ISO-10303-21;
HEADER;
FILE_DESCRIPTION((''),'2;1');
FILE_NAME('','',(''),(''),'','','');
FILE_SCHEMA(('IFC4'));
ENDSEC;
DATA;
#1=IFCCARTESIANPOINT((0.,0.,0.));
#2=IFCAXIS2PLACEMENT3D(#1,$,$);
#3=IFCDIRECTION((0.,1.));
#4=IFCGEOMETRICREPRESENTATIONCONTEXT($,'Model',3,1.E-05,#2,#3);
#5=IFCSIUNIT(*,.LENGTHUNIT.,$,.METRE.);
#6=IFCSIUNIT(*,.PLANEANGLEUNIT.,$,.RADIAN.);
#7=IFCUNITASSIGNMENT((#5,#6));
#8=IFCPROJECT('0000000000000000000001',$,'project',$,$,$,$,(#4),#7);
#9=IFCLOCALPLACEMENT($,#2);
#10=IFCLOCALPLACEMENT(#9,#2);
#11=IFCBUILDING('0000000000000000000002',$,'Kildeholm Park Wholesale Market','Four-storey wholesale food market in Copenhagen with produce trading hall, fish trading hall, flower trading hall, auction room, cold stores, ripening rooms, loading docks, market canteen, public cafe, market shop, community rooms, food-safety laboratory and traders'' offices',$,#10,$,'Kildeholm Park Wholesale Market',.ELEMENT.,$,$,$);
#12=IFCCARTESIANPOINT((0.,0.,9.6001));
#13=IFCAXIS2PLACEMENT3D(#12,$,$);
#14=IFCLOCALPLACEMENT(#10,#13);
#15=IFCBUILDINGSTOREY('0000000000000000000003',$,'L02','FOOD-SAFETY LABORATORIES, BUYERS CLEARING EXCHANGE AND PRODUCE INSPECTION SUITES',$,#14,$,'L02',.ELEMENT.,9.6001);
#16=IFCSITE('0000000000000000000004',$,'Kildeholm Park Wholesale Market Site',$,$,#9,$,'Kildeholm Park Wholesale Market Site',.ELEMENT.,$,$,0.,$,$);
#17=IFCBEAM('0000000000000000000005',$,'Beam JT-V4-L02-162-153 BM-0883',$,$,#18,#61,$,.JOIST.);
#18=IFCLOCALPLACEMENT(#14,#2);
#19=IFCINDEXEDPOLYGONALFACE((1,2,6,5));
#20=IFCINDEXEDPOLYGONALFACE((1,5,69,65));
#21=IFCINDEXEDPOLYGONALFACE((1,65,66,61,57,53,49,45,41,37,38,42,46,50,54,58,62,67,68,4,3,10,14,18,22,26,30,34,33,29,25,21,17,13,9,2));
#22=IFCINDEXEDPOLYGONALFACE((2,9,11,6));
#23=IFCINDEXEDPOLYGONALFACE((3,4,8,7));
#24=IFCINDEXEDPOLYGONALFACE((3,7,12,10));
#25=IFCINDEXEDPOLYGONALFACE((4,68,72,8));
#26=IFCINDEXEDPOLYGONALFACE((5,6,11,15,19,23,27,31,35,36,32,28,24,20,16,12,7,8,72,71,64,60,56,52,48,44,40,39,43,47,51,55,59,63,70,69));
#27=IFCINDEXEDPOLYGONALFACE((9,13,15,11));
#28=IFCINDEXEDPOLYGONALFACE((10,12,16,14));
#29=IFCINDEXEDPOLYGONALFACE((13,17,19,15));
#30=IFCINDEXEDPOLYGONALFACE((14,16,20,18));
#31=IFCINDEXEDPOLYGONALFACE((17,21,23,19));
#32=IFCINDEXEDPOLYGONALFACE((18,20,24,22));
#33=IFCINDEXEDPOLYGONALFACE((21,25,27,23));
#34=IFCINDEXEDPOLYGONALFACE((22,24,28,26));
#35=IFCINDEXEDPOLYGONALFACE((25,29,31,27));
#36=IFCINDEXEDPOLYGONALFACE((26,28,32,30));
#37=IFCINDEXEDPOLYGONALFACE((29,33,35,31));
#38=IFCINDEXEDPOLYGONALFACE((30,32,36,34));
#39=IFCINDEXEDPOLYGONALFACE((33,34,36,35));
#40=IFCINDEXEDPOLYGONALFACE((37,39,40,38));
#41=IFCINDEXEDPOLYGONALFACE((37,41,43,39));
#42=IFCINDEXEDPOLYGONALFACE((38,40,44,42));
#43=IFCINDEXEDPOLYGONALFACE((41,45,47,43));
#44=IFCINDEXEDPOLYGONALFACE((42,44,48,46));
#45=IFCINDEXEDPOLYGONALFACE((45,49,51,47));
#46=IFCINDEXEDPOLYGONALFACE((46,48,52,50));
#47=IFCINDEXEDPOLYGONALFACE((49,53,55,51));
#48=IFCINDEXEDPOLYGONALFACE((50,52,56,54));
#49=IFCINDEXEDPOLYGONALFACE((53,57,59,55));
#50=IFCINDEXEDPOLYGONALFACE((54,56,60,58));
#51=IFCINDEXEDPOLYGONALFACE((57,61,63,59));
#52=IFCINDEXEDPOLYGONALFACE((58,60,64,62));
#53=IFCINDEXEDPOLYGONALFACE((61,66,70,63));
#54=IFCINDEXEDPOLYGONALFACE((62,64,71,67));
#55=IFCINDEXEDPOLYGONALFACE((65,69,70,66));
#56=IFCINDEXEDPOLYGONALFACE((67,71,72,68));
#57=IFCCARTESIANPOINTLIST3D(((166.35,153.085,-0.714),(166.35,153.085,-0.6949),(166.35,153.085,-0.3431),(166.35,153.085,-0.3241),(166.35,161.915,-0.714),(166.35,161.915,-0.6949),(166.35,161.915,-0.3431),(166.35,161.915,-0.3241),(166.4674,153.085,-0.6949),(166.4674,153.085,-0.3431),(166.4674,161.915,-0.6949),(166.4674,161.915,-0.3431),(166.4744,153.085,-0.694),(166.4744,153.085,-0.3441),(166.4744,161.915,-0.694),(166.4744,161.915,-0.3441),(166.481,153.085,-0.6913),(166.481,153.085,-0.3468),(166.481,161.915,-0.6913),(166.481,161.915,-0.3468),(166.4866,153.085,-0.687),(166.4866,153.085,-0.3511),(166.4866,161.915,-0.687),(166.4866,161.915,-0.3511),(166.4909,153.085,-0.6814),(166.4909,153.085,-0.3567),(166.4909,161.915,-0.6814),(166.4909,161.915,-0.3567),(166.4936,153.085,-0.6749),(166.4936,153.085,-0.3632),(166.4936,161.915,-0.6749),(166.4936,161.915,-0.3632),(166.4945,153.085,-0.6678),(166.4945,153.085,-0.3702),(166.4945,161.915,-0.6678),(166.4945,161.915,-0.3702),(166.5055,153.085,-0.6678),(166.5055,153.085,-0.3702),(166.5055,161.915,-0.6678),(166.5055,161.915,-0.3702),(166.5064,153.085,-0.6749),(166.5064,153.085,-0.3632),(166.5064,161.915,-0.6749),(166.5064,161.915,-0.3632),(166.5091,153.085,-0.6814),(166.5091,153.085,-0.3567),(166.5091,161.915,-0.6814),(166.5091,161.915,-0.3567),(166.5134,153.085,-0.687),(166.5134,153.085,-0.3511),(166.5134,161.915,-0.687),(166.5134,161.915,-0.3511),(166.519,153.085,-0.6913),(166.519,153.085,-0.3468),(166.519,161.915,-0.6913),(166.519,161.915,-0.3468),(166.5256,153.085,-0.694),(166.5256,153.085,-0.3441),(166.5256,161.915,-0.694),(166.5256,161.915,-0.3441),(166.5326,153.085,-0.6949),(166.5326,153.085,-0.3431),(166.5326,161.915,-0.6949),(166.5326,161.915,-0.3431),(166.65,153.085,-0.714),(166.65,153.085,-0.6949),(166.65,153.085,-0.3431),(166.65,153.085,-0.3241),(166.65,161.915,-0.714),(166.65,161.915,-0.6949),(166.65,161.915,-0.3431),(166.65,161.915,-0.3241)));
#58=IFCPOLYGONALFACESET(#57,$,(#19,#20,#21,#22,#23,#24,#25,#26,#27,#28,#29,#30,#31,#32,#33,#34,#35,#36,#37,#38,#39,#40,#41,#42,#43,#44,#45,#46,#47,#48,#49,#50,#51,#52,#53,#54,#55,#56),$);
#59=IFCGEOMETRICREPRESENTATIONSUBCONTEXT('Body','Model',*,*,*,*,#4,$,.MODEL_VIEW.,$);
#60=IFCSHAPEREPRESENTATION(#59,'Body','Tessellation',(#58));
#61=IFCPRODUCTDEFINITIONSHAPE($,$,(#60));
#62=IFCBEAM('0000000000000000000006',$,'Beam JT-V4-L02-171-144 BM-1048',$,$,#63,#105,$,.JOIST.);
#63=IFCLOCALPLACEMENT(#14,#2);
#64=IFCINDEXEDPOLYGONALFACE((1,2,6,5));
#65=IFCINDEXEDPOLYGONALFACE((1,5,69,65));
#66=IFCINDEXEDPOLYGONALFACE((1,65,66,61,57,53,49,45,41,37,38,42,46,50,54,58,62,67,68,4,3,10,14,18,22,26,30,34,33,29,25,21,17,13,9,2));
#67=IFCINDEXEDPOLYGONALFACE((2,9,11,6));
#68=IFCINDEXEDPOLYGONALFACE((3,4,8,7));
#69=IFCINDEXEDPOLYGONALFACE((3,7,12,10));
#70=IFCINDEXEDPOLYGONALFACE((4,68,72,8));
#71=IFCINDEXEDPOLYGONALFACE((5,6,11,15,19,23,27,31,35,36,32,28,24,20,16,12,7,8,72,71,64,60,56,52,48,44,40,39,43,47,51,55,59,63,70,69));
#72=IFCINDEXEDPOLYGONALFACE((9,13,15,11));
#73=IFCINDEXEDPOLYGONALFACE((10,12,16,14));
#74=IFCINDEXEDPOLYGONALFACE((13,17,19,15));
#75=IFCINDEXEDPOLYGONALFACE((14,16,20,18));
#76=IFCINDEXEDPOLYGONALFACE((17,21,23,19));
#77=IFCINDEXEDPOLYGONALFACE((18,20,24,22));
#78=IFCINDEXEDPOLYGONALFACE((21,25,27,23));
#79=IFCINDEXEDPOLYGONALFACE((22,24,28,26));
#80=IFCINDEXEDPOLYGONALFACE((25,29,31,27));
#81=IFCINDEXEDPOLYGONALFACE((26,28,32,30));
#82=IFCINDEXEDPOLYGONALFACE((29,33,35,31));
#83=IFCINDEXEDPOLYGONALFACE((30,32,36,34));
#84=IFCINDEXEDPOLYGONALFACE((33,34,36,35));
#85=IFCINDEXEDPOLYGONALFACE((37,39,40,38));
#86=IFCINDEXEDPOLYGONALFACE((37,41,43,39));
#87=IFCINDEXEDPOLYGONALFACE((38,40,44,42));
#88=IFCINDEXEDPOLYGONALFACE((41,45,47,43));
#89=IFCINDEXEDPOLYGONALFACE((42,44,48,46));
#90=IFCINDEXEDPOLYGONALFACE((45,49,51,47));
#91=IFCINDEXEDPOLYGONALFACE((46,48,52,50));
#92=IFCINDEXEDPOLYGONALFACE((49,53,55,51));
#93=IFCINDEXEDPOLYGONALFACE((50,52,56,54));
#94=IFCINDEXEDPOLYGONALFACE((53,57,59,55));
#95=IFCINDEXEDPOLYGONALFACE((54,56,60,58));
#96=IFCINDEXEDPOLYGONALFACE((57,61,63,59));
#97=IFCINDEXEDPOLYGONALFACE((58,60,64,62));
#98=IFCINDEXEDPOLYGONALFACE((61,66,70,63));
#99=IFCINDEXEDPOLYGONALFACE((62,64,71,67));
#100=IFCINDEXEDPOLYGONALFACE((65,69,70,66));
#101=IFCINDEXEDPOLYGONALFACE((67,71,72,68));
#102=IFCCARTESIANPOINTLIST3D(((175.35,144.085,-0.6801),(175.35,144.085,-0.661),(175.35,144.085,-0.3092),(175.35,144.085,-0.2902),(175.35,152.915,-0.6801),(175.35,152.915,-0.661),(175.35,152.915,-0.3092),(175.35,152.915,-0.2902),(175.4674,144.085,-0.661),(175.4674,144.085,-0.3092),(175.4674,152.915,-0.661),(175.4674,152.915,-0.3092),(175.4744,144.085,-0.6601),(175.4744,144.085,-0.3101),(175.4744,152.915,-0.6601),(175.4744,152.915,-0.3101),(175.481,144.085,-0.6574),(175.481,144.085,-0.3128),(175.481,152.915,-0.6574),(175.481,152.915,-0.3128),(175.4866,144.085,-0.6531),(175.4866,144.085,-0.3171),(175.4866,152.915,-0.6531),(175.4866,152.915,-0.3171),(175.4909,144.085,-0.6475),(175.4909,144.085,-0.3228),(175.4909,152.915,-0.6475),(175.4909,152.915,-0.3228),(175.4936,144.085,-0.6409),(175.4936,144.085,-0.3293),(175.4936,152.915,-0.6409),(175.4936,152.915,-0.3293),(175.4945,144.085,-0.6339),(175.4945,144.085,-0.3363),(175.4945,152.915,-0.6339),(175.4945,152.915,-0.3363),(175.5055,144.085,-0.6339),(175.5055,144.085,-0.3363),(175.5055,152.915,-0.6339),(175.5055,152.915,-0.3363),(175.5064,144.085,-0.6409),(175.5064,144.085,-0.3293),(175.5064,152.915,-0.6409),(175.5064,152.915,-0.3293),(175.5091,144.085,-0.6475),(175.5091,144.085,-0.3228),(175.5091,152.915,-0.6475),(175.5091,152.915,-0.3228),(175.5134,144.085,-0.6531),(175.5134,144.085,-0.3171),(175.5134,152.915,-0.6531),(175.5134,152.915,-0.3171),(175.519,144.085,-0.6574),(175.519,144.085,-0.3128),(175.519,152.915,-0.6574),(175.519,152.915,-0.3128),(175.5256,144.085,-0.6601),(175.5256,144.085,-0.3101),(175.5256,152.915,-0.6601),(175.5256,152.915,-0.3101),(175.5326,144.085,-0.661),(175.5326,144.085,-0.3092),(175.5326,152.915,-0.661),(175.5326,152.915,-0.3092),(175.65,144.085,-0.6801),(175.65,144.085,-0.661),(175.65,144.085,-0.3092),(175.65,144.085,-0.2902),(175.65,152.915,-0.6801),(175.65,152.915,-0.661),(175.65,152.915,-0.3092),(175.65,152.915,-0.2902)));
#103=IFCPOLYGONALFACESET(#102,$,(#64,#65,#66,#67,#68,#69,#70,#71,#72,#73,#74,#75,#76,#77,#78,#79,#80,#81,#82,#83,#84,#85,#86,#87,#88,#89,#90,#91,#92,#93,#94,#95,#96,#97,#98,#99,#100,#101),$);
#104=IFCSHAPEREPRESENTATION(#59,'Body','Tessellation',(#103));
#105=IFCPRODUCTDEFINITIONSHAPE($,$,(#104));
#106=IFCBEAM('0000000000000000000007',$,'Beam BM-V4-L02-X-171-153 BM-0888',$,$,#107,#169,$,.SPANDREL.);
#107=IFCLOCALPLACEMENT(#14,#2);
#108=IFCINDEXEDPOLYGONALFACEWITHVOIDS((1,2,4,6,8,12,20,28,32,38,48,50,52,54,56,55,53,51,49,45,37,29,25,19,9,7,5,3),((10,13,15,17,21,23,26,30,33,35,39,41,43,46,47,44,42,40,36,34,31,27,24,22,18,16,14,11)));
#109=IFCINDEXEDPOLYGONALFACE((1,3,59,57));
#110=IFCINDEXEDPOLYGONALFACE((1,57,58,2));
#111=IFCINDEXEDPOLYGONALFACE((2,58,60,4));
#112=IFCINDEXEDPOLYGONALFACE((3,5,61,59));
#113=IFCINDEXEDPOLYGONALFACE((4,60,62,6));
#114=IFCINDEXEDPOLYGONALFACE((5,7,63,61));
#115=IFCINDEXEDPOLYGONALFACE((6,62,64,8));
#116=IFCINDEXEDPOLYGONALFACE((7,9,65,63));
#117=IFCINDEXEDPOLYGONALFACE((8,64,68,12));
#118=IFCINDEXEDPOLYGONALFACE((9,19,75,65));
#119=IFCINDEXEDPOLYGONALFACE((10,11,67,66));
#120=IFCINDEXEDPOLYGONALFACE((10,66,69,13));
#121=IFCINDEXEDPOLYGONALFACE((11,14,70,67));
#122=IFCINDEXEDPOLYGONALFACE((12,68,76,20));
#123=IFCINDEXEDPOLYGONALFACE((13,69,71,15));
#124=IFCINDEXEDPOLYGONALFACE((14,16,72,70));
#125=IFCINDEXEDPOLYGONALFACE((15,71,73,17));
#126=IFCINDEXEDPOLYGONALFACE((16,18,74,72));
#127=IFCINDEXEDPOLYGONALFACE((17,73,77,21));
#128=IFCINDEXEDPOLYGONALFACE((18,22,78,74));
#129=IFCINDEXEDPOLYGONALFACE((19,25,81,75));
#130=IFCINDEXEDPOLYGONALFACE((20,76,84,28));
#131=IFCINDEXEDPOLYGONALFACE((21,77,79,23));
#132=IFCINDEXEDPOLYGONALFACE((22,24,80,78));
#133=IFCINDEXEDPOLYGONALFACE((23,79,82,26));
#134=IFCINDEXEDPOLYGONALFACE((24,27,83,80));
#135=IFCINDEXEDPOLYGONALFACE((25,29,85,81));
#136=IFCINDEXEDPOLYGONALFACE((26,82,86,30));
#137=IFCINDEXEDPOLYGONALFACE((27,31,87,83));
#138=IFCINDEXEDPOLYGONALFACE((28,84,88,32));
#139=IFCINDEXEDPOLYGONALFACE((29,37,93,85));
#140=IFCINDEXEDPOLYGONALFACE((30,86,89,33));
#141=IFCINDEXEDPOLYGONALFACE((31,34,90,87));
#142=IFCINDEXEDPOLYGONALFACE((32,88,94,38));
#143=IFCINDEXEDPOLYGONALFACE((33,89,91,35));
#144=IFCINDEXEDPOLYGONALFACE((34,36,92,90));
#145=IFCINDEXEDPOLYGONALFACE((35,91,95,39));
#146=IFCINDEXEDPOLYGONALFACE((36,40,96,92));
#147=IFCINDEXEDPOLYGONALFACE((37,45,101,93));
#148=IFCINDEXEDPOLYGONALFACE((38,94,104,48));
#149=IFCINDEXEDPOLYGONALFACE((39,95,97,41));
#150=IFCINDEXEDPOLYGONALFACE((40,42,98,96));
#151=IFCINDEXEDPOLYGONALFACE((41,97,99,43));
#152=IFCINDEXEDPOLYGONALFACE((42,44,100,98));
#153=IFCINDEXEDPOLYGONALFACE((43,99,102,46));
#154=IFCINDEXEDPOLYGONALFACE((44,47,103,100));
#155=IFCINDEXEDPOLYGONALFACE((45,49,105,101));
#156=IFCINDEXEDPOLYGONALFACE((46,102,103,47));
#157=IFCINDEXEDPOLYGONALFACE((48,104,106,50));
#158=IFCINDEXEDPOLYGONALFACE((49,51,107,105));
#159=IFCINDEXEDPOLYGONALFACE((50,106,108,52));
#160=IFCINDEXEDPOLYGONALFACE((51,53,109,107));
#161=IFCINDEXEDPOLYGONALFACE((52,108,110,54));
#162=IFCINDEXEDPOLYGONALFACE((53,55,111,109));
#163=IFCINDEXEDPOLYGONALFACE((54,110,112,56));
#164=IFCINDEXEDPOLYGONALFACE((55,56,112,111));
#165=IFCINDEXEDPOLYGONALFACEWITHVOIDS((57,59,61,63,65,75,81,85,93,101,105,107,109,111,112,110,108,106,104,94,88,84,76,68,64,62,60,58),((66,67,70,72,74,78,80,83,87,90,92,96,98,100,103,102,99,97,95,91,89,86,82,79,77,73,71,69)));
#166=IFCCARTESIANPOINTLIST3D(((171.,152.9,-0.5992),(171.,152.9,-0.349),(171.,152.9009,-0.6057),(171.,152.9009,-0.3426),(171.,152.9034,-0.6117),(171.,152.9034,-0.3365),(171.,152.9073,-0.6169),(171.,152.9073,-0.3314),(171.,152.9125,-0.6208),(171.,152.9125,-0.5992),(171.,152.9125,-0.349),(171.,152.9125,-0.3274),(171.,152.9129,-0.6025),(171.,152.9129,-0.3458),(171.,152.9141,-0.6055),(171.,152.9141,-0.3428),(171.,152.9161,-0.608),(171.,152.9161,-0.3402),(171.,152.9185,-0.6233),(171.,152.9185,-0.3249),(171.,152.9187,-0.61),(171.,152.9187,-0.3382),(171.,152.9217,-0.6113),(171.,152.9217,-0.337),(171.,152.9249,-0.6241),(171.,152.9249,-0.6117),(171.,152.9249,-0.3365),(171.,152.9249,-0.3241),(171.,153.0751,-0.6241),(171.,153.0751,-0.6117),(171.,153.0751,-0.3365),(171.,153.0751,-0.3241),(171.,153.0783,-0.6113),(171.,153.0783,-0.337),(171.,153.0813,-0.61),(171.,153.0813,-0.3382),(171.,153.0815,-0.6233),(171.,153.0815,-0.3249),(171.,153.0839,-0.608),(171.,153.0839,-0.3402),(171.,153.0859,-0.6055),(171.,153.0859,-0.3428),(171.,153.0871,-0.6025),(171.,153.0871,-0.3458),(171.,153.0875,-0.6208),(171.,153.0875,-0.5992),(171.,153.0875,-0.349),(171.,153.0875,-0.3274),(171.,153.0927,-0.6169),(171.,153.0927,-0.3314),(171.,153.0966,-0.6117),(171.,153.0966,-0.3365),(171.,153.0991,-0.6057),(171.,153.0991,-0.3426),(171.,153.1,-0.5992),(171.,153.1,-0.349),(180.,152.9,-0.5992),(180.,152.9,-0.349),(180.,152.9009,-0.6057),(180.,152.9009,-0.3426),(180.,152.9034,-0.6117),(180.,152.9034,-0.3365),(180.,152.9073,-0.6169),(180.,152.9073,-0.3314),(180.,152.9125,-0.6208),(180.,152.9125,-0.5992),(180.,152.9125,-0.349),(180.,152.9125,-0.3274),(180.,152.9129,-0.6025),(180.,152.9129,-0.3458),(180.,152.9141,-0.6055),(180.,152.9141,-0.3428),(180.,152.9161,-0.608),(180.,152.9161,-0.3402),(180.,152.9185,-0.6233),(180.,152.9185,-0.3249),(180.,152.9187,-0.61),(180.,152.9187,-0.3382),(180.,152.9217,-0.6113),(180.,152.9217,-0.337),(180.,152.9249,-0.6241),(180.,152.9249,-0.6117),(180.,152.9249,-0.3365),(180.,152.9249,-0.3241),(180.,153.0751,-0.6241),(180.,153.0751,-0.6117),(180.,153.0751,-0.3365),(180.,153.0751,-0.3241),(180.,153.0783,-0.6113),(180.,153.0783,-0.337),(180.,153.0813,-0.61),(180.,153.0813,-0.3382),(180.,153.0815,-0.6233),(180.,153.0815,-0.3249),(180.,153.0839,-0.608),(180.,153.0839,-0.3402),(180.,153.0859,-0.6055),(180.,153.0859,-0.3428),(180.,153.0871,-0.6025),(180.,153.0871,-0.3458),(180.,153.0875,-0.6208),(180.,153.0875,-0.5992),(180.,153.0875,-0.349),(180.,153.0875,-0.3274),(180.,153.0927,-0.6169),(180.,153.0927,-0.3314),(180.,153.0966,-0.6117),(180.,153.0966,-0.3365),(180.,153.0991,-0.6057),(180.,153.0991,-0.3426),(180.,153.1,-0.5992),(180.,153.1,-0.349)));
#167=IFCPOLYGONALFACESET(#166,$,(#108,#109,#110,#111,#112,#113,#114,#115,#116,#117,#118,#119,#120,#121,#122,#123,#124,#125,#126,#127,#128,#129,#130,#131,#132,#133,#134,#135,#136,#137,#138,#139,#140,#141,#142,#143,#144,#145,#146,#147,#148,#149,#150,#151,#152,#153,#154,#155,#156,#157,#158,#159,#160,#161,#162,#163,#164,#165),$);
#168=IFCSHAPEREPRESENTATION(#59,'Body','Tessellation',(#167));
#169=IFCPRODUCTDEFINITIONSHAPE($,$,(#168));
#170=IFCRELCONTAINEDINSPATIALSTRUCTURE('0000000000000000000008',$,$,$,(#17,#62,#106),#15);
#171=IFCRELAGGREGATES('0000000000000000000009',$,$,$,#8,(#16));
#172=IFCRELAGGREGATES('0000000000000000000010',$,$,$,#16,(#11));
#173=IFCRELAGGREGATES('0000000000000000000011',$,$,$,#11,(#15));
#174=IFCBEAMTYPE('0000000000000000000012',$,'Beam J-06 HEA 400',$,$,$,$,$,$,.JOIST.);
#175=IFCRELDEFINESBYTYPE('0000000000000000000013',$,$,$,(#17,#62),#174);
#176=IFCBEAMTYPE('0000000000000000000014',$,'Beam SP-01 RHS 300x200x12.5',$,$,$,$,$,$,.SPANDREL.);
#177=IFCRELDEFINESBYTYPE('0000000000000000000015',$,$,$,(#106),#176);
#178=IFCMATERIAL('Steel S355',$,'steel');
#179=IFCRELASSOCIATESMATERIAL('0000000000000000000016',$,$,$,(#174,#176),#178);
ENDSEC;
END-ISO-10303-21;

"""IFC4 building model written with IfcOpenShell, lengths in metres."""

from ifc_helpers import new_model, si_unit, direction, frame, origin, origin_2d, place, context, subcontext, project, spatial, hollow_rectangle, i_section, extrude, material, material_profile, profile_set, type_object, element, save


model = new_model("IFC4")

# Units and contexts
model_context = context("Model", 3, precision=1e-05, world=origin(), true_north=direction((0.0, 1.0)))
body_context = subcontext(model_context, "Body", "Model", "MODEL_VIEW")
ifc_project = project(units=[si_unit("LENGTHUNIT", "METRE"), si_unit("PLANEANGLEUNIT", "RADIAN")], contexts=[model_context])

# Site, building, storey
site_placement = place(None, origin())
site = spatial("IfcSite", under=ifc_project, at=site_placement, Name="Kildeholm Park Wholesale Market Site", LongName="Kildeholm Park Wholesale Market Site", CompositionType="ELEMENT", RefElevation=0.0)
building_placement = place(site_placement, origin())
building = spatial("IfcBuilding", under=site, at=building_placement, Name="Kildeholm Park Wholesale Market", Description="Four-storey wholesale food market in Copenhagen with produce trading hall, fish trading hall, flower trading hall, auction room, cold stores, ripening rooms, loading docks, market canteen, public cafe, market shop, community rooms, food-safety laboratory and traders' offices", LongName="Kildeholm Park Wholesale Market", CompositionType="ELEMENT")
storey_placement = place(building_placement, frame((0.0, 0.0, 9.6001)))
storey = spatial("IfcBuildingStorey", under=building, at=storey_placement, Name="L02", Description="FOOD-SAFETY LABORATORIES, BUYERS CLEARING EXCHANGE AND PRODUCE INSPECTION SUITES", LongName="L02", CompositionType="ELEMENT", Elevation=9.6001)

# Beams
ifc_material_1 = material(Name="Steel S355", Category="steel")
ifc_material_profile_1 = material_profile(ifc_material_1, i_section(OverallWidth=0.3, OverallDepth=0.3899, WebThickness=0.011, FlangeThickness=0.019, FilletRadius=0.0271, at=origin_2d()), Name="HEA 400")
ifc_profile_set_1 = profile_set([ifc_material_profile_1], Name="Steel S355")
beam_type_1 = type_object("IfcBeamType", Name="Beam J-06 HEA 400", PredefinedType="JOIST", material=ifc_profile_set_1)
for number, where, z_axis, x_axis, name in (
    (1, (166.5, 153.085, -0.519), (0.0, 1.0, 0.0), (-1.0, 0.0, 0.0), "Beam JT-V4-L02-162-153 BM-0883"),
    (2, (175.5, 144.085, -0.4851), (0.0, 1.0, 0.0), (-1.0, 0.0, 0.0), "Beam JT-V4-L02-171-144 BM-1048"),
):
    element("IfcBeam", number, at=place(storey_placement, frame(where, z_axis=z_axis, x_axis=x_axis)), inside=storey, type_object=beam_type_1, Name=name, PredefinedType="JOIST", context=body_context, shape_type="SweptSolid", body=[
        extrude(i_section(OverallWidth=0.3, OverallDepth=0.3899, WebThickness=0.011, FlangeThickness=0.019, FilletRadius=0.0271, at=origin_2d()), origin(), (0.0, 0.0, 1.0), 8.8301),
    ])
ifc_material_profile_2 = material_profile(ifc_material_1, hollow_rectangle(XDim=0.2, YDim=0.3, WallThickness=0.0125, InnerFilletRadius=0.0125, OuterFilletRadius=0.0249, at=origin_2d()), Name="RHS 300x200x12.5")
ifc_profile_set_2 = profile_set([ifc_material_profile_2], Name="Steel S355")
beam_type_2 = type_object("IfcBeamType", Name="Beam SP-01 RHS 300x200x12.5", PredefinedType="SPANDREL", material=ifc_profile_set_2)
for number, where, z_axis, x_axis, name in (
    (3, (171.0, 153.0, -0.4741), (1.0, 0.0, 0.0), (0.0, 1.0, 0.0), "Beam BM-V4-L02-X-171-153 BM-0888"),
):
    element("IfcBeam", number, at=place(storey_placement, frame(where, z_axis=z_axis, x_axis=x_axis)), inside=storey, type_object=beam_type_2, Name=name, PredefinedType="SPANDREL", context=body_context, shape_type="SweptSolid", body=[
        extrude(hollow_rectangle(XDim=0.2, YDim=0.3, WallThickness=0.0125, InnerFilletRadius=0.0125, OuterFilletRadius=0.0249, at=origin_2d()), origin(), (0.0, 0.0, 1.0), 9.0),
    ])

save(model, "model.ifc")
